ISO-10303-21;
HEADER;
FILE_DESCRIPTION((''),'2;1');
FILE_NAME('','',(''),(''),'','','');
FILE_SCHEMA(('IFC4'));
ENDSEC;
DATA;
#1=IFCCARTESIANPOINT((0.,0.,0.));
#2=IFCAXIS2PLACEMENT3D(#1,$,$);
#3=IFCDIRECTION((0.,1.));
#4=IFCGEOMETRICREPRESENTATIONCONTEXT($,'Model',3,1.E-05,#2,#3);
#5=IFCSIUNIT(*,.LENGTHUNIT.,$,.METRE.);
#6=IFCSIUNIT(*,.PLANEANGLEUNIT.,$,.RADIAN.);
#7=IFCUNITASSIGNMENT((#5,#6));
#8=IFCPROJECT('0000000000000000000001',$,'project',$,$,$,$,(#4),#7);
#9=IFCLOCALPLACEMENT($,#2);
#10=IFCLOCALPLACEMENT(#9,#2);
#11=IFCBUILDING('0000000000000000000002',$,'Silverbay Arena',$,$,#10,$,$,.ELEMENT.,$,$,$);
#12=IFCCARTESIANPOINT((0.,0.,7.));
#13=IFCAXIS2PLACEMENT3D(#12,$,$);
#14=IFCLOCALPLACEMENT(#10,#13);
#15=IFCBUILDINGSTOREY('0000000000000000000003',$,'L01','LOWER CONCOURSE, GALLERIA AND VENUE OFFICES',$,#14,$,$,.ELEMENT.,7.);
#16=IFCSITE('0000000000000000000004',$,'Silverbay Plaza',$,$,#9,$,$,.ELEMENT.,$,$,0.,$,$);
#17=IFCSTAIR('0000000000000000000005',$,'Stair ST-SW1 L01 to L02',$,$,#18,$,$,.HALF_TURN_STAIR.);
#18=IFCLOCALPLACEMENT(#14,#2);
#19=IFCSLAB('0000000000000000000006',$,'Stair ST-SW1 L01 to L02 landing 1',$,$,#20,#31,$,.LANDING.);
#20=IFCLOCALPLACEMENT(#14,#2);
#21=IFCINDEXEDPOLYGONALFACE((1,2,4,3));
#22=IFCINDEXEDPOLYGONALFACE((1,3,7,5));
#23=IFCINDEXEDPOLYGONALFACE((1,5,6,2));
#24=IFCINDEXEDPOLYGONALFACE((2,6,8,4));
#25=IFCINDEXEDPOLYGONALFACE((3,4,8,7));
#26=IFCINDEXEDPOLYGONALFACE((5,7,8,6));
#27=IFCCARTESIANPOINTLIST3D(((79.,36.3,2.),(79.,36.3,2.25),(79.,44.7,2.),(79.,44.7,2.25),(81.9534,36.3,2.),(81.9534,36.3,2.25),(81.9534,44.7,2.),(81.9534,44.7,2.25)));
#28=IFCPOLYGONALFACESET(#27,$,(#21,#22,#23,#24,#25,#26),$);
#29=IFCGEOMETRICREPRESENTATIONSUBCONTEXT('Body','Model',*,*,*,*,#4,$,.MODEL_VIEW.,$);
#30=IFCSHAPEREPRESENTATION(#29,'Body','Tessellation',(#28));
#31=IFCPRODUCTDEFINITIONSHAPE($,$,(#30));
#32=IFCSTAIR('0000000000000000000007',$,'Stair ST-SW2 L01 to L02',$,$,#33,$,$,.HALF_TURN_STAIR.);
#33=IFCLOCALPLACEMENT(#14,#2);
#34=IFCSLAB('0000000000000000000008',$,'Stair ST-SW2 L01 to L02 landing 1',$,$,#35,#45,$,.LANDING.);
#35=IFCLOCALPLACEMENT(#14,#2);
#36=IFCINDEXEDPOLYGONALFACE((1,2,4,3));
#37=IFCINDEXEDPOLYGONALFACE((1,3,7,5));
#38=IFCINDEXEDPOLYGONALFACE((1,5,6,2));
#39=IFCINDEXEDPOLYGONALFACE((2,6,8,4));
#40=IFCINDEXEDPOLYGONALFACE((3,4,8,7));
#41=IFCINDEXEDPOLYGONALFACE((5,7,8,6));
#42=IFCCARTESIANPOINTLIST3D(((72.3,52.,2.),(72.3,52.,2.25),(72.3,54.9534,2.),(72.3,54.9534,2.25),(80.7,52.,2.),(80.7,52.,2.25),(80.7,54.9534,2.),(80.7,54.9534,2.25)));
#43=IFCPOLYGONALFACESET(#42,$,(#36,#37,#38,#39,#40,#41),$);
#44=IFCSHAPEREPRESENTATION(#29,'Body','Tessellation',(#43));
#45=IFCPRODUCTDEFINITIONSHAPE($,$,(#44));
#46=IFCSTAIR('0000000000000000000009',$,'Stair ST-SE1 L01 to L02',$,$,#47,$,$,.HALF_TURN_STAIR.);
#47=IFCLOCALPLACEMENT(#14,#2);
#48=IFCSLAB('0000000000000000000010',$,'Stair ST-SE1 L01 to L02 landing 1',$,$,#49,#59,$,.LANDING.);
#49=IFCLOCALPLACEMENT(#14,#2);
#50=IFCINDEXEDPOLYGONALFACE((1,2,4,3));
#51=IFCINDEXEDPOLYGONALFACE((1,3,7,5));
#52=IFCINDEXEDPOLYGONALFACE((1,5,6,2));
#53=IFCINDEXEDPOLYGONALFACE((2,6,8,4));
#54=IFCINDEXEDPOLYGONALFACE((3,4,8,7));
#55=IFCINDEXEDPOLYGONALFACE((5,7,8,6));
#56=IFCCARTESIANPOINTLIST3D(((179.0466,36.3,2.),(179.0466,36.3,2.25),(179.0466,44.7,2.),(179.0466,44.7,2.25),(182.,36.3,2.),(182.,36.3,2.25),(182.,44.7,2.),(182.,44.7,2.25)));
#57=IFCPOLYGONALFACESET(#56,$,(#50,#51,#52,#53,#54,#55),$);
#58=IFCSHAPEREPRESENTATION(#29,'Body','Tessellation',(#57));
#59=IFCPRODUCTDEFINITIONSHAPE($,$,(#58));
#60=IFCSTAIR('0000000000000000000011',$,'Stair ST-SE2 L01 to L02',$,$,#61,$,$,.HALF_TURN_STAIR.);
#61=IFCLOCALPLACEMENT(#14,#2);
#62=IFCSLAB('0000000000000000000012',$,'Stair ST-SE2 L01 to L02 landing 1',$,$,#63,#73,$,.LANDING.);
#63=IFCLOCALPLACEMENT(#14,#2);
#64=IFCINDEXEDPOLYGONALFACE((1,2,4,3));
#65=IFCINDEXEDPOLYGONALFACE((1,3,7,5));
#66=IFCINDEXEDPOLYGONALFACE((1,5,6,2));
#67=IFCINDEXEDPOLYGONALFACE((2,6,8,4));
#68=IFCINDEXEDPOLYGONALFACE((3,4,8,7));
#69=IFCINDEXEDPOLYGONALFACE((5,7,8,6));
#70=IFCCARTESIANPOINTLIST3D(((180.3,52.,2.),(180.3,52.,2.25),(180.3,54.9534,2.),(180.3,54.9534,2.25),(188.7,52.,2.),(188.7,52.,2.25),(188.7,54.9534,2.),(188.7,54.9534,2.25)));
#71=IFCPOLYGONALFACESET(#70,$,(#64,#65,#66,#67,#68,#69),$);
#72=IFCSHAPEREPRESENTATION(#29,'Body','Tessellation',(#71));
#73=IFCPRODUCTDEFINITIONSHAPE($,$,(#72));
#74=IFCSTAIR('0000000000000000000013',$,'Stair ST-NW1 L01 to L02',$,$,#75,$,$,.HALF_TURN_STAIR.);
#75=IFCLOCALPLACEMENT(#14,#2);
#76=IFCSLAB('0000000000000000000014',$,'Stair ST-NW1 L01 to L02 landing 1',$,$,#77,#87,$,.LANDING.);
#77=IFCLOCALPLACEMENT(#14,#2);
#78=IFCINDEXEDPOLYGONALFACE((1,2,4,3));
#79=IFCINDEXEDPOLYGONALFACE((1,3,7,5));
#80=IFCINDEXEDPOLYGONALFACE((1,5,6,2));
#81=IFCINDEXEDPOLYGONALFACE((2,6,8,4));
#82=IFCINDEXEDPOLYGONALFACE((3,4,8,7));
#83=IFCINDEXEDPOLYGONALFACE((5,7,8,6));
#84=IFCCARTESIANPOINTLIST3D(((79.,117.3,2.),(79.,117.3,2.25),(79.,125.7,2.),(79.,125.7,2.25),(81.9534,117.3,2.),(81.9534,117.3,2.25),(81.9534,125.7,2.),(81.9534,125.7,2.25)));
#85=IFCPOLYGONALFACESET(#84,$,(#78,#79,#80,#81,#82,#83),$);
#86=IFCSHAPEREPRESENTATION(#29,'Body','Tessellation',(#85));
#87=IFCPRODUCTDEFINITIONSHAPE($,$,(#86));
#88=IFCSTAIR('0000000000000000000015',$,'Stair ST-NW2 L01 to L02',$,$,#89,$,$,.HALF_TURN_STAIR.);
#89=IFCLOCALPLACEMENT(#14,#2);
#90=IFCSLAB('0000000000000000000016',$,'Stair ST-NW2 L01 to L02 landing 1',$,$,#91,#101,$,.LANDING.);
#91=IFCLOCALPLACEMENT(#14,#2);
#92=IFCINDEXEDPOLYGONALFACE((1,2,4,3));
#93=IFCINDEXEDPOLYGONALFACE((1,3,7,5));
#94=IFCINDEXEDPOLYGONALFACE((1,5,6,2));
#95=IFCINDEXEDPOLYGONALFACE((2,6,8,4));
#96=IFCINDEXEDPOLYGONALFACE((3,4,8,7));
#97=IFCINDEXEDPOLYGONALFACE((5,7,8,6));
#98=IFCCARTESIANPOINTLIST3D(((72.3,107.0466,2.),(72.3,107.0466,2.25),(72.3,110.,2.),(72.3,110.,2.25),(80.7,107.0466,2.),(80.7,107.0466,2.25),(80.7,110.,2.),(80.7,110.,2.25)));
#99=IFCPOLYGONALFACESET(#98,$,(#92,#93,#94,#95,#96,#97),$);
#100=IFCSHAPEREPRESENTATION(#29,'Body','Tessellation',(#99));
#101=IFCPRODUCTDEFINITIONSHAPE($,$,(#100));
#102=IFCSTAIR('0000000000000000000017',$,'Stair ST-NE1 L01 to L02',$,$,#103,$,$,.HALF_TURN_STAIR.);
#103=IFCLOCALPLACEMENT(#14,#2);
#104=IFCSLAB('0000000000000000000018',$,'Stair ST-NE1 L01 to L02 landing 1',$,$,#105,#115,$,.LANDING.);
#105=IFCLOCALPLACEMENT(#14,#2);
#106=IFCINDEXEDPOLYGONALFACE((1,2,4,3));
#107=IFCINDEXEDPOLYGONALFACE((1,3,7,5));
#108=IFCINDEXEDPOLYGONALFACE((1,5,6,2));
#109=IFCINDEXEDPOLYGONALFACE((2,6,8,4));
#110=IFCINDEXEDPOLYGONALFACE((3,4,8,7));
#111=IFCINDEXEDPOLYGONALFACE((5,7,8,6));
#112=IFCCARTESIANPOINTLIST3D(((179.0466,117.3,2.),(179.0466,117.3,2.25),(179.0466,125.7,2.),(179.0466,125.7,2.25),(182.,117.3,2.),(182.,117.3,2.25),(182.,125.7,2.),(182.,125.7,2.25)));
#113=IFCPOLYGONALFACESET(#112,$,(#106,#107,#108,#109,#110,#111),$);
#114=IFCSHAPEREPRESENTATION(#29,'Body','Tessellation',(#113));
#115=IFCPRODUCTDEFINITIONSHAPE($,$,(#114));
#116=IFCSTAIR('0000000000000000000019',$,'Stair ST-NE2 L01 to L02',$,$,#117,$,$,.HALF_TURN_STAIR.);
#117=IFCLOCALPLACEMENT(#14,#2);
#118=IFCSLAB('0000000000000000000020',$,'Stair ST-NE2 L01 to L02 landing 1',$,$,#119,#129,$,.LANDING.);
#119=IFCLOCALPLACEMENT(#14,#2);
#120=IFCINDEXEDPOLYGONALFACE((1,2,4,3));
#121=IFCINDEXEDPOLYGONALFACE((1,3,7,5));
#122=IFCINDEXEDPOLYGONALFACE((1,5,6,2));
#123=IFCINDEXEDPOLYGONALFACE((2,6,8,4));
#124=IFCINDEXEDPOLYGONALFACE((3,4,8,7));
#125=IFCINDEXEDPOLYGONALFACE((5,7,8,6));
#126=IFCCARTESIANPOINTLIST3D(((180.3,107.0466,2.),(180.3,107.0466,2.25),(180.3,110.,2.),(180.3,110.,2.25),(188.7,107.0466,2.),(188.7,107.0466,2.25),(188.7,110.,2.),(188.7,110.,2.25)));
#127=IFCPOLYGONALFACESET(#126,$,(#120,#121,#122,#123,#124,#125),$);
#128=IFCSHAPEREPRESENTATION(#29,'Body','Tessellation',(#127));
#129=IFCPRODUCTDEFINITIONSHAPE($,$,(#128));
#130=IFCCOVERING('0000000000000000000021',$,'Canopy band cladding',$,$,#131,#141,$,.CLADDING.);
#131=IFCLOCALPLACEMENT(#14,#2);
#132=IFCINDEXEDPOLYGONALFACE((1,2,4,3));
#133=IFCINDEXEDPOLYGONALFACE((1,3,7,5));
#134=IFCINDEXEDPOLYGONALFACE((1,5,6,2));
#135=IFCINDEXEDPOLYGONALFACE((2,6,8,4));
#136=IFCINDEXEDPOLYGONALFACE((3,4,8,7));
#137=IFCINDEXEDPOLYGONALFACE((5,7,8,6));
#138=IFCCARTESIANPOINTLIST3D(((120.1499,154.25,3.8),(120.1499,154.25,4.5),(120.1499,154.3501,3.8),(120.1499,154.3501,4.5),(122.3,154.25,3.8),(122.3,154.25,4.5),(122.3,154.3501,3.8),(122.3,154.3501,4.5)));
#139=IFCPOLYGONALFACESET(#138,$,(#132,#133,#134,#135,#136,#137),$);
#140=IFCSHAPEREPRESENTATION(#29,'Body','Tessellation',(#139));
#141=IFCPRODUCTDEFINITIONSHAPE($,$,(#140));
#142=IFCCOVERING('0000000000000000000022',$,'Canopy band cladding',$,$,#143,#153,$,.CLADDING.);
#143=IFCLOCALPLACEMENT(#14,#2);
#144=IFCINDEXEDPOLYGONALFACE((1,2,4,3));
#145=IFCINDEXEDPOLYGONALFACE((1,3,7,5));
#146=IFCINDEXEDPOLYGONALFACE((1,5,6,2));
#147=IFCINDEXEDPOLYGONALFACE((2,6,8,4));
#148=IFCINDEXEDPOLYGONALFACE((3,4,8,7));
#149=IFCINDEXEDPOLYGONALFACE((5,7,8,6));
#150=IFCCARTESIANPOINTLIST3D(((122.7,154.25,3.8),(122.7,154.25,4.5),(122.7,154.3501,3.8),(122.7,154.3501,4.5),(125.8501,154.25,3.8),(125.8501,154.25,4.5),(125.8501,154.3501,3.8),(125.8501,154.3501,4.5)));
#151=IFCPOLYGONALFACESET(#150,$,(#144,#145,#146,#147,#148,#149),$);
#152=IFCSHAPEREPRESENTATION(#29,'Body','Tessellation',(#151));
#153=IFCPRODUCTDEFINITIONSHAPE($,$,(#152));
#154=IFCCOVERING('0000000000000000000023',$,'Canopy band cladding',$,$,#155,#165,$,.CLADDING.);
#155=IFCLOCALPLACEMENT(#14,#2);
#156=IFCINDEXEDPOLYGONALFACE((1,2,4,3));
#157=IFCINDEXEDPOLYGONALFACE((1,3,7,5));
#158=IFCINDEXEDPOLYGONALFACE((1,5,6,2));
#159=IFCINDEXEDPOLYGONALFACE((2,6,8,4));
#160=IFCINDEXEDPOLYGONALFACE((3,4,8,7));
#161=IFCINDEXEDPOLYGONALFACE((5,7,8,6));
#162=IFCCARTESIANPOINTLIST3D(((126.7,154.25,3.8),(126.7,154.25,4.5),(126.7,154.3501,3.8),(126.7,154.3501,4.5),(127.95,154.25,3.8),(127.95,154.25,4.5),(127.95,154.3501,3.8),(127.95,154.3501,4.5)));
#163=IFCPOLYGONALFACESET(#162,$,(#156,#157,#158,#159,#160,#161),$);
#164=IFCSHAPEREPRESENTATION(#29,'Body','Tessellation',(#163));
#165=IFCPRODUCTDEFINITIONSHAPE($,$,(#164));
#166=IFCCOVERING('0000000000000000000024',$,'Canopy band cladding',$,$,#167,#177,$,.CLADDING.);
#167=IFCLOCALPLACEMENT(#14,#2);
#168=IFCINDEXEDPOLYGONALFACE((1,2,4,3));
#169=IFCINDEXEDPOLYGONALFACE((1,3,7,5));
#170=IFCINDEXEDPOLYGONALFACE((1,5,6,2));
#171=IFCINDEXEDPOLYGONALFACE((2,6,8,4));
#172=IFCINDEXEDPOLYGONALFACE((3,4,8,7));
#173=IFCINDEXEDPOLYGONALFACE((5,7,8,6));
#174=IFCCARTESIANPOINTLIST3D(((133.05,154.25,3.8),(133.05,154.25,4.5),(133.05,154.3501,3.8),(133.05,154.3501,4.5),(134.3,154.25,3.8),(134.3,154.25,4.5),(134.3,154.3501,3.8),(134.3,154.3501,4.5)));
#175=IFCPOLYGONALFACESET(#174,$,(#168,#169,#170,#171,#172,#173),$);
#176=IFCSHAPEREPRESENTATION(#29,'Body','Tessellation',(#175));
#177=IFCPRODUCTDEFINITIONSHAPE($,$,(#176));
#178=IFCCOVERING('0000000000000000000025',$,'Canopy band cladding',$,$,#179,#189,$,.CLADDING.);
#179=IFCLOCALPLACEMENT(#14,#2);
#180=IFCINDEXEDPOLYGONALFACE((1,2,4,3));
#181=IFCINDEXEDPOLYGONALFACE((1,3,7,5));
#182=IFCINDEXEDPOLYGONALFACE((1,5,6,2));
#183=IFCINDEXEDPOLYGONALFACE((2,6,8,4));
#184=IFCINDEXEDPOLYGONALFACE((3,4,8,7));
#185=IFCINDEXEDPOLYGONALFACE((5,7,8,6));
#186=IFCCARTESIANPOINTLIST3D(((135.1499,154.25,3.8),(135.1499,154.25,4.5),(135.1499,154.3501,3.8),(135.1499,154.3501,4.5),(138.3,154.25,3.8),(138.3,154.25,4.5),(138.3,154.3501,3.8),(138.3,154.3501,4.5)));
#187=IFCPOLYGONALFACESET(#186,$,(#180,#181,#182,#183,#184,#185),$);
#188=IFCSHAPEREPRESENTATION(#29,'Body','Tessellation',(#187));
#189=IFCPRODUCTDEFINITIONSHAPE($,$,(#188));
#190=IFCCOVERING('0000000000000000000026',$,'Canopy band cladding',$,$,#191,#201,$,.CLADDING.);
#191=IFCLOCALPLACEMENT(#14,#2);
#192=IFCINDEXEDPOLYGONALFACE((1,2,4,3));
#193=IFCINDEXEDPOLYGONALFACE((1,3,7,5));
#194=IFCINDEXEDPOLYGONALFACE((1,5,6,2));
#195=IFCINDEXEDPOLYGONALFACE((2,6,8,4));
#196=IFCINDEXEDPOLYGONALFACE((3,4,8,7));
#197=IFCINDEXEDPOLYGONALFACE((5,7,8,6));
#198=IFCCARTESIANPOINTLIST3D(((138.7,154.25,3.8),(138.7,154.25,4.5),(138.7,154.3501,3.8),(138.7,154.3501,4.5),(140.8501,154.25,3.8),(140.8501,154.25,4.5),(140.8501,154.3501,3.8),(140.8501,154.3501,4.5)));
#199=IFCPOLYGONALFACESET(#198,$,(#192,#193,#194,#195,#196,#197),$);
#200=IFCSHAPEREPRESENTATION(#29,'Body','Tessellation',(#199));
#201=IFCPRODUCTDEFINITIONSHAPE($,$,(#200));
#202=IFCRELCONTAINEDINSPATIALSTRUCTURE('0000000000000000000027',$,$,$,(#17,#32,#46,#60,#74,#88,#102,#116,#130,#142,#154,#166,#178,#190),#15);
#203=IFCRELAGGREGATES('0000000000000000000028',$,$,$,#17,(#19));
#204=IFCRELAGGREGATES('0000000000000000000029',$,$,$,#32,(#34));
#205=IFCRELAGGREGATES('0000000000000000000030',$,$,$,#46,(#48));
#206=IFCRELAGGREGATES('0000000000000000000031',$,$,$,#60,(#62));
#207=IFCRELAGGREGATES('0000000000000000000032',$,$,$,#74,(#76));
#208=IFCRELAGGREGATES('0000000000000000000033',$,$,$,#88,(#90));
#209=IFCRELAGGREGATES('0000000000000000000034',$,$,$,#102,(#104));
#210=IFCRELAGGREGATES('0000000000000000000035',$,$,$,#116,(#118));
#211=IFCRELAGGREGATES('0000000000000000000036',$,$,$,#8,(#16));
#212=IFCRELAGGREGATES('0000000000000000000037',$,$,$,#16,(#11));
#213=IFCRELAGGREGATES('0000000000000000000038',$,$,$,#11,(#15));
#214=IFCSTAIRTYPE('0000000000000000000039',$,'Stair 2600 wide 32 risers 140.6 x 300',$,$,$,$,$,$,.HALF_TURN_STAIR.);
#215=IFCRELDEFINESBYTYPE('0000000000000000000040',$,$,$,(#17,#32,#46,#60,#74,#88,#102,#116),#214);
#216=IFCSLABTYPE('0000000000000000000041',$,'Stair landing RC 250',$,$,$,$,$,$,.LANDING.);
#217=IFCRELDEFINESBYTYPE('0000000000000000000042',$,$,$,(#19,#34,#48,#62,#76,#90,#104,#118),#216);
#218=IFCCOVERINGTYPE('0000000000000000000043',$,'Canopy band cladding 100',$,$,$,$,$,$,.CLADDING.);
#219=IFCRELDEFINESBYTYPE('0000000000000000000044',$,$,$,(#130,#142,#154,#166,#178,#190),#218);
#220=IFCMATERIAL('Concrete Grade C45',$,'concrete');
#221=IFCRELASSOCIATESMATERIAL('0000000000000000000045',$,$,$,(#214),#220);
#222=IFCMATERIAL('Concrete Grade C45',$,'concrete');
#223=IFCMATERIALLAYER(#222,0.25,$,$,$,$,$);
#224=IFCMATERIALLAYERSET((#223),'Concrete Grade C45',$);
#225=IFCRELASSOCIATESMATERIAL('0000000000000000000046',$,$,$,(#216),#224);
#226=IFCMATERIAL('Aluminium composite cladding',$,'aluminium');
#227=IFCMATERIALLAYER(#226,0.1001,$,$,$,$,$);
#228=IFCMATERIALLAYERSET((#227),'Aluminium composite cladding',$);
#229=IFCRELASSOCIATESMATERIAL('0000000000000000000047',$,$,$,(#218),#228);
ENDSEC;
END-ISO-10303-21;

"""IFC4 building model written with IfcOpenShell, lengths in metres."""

from ifc_helpers import new_model, si_unit, direction, frame, origin, place, context, subcontext, project, spatial, polyline, outline, extrude, material, layer, layer_set, type_object, element, aggregate, save


model = new_model("IFC4")

# Units and contexts
model_context = context("Model", 3, precision=1e-05, world=origin(), true_north=direction((0.0, 1.0)))
body_context = subcontext(model_context, "Body", "Model", "MODEL_VIEW")
ifc_project = project(units=[si_unit("LENGTHUNIT", "METRE"), si_unit("PLANEANGLEUNIT", "RADIAN")], contexts=[model_context])

# Site, building, storey
site_placement = place(None, origin())
site = spatial("IfcSite", under=ifc_project, at=site_placement, Name="Silverbay Plaza", CompositionType="ELEMENT", RefElevation=0.0)
building_placement = place(site_placement, origin())
building = spatial("IfcBuilding", under=site, at=building_placement, Name="Silverbay Arena", CompositionType="ELEMENT")
storey_placement = place(building_placement, frame((0.0, 0.0, 7.0)))
storey = spatial("IfcBuildingStorey", under=building, at=storey_placement, Name="L01", Description="LOWER CONCOURSE, GALLERIA AND VENUE OFFICES", CompositionType="ELEMENT", Elevation=7.0)

# Stairs, slabs
ifc_material_1 = material(Name="Concrete Grade C45", Category="concrete")
stair_type = type_object("IfcStairType", Name="Stair 2600 wide 32 risers 140.6 x 300", PredefinedType="HALF_TURN_STAIR", material=ifc_material_1)
ifc_material_2 = material(Name="Concrete Grade C45", Category="concrete")
ifc_layer_1 = layer(ifc_material_2, 0.25)
ifc_layer_set_1 = layer_set([ifc_layer_1], Name="Concrete Grade C45")
slab_type_1 = type_object("IfcSlabType", Name="Stair landing RC 250", PredefinedType="LANDING", material=ifc_layer_set_1)
stair_1_placement = place(storey_placement, origin())
stair_1 = element("IfcStair", 1, at=stair_1_placement, inside=storey, type_object=stair_type, Name="Stair ST-SW1 L01 to L02", PredefinedType="HALF_TURN_STAIR")
slab_1_placement = place(storey_placement, frame((0.0, 0.0, 2.0)))
slab_1 = element("IfcSlab", 2, at=slab_1_placement, type_object=slab_type_1, Name="Stair ST-SW1 L01 to L02 landing 1", PredefinedType="LANDING", context=body_context, shape_type="SweptSolid", body=[
    extrude(outline(polyline([(81.9534, 44.7), (79.0, 44.7), (79.0, 36.3), (81.9534, 36.3), (81.9534, 44.7)])), origin(), (0.0, 0.0, 1.0), 0.25),
])
aggregate(stair_1, [slab_1])
stair_2_placement = place(storey_placement, origin())
stair_2 = element("IfcStair", 3, at=stair_2_placement, inside=storey, type_object=stair_type, Name="Stair ST-SW2 L01 to L02", PredefinedType="HALF_TURN_STAIR")
slab_2_placement = place(storey_placement, frame((0.0, 0.0, 2.0)))
slab_2 = element("IfcSlab", 4, at=slab_2_placement, type_object=slab_type_1, Name="Stair ST-SW2 L01 to L02 landing 1", PredefinedType="LANDING", context=body_context, shape_type="SweptSolid", body=[
    extrude(outline(polyline([(80.7, 54.9534), (80.7, 52.0), (72.3, 52.0), (72.3, 54.9534), (80.7, 54.9534)])), origin(), (0.0, 0.0, 1.0), 0.25),
])
aggregate(stair_2, [slab_2])
stair_3_placement = place(storey_placement, origin())
stair_3 = element("IfcStair", 5, at=stair_3_placement, inside=storey, type_object=stair_type, Name="Stair ST-SE1 L01 to L02", PredefinedType="HALF_TURN_STAIR")
slab_3_placement = place(storey_placement, frame((0.0, 0.0, 2.0)))
slab_3 = element("IfcSlab", 6, at=slab_3_placement, type_object=slab_type_1, Name="Stair ST-SE1 L01 to L02 landing 1", PredefinedType="LANDING", context=body_context, shape_type="SweptSolid", body=[
    extrude(outline(polyline([(179.0466, 44.7), (182.0, 44.7), (182.0, 36.3), (179.0466, 36.3), (179.0466, 44.7)])), origin(), (0.0, 0.0, 1.0), 0.25),
])
aggregate(stair_3, [slab_3])
stair_4_placement = place(storey_placement, origin())
stair_4 = element("IfcStair", 7, at=stair_4_placement, inside=storey, type_object=stair_type, Name="Stair ST-SE2 L01 to L02", PredefinedType="HALF_TURN_STAIR")
slab_4_placement = place(storey_placement, frame((0.0, 0.0, 2.0)))
slab_4 = element("IfcSlab", 8, at=slab_4_placement, type_object=slab_type_1, Name="Stair ST-SE2 L01 to L02 landing 1", PredefinedType="LANDING", context=body_context, shape_type="SweptSolid", body=[
    extrude(outline(polyline([(180.3, 54.9534), (180.3, 52.0), (188.7, 52.0), (188.7, 54.9534), (180.3, 54.9534)])), origin(), (0.0, 0.0, 1.0), 0.25),
])
aggregate(stair_4, [slab_4])
stair_5_placement = place(storey_placement, origin())
stair_5 = element("IfcStair", 9, at=stair_5_placement, inside=storey, type_object=stair_type, Name="Stair ST-NW1 L01 to L02", PredefinedType="HALF_TURN_STAIR")
slab_5_placement = place(storey_placement, frame((0.0, 0.0, 2.0)))
slab_5 = element("IfcSlab", 10, at=slab_5_placement, type_object=slab_type_1, Name="Stair ST-NW1 L01 to L02 landing 1", PredefinedType="LANDING", context=body_context, shape_type="SweptSolid", body=[
    extrude(outline(polyline([(81.9534, 117.3), (79.0, 117.3), (79.0, 125.7), (81.9534, 125.7), (81.9534, 117.3)])), origin(), (0.0, 0.0, 1.0), 0.25),
])
aggregate(stair_5, [slab_5])
stair_6_placement = place(storey_placement, origin())
stair_6 = element("IfcStair", 11, at=stair_6_placement, inside=storey, type_object=stair_type, Name="Stair ST-NW2 L01 to L02", PredefinedType="HALF_TURN_STAIR")
slab_6_placement = place(storey_placement, frame((0.0, 0.0, 2.0)))
slab_6 = element("IfcSlab", 12, at=slab_6_placement, type_object=slab_type_1, Name="Stair ST-NW2 L01 to L02 landing 1", PredefinedType="LANDING", context=body_context, shape_type="SweptSolid", body=[
    extrude(outline(polyline([(80.7, 107.0466), (80.7, 110.0), (72.3, 110.0), (72.3, 107.0466), (80.7, 107.0466)])), origin(), (0.0, 0.0, 1.0), 0.25),
])
aggregate(stair_6, [slab_6])
stair_7_placement = place(storey_placement, origin())
stair_7 = element("IfcStair", 13, at=stair_7_placement, inside=storey, type_object=stair_type, Name="Stair ST-NE1 L01 to L02", PredefinedType="HALF_TURN_STAIR")
slab_7_placement = place(storey_placement, frame((0.0, 0.0, 2.0)))
slab_7 = element("IfcSlab", 14, at=slab_7_placement, type_object=slab_type_1, Name="Stair ST-NE1 L01 to L02 landing 1", PredefinedType="LANDING", context=body_context, shape_type="SweptSolid", body=[
    extrude(outline(polyline([(179.0466, 117.3), (182.0, 117.3), (182.0, 125.7), (179.0466, 125.7), (179.0466, 117.3)])), origin(), (0.0, 0.0, 1.0), 0.25),
])
aggregate(stair_7, [slab_7])
stair_8_placement = place(storey_placement, origin())
stair_8 = element("IfcStair", 15, at=stair_8_placement, inside=storey, type_object=stair_type, Name="Stair ST-NE2 L01 to L02", PredefinedType="HALF_TURN_STAIR")
slab_8_placement = place(storey_placement, frame((0.0, 0.0, 2.0)))
slab_8 = element("IfcSlab", 16, at=slab_8_placement, type_object=slab_type_1, Name="Stair ST-NE2 L01 to L02 landing 1", PredefinedType="LANDING", context=body_context, shape_type="SweptSolid", body=[
    extrude(outline(polyline([(180.3, 107.0466), (180.3, 110.0), (188.7, 110.0), (188.7, 107.0466), (180.3, 107.0466)])), origin(), (0.0, 0.0, 1.0), 0.25),
])
aggregate(stair_8, [slab_8])

# Coverings
ifc_material_3 = material(Name="Aluminium composite cladding", Category="aluminium")
ifc_layer_2 = layer(ifc_material_3, 0.1001)
ifc_layer_set_2 = layer_set([ifc_layer_2], Name="Aluminium composite cladding")
covering_type = type_object("IfcCoveringType", Name="Canopy band cladding 100", PredefinedType="CLADDING", material=ifc_layer_set_2)
covering_1_placement = place(storey_placement, frame((0.0, 0.0, 3.8)))
element("IfcCovering", 17, at=covering_1_placement, inside=storey, type_object=covering_type, Name="Canopy band cladding", PredefinedType="CLADDING", context=body_context, shape_type="SweptSolid", body=[
    extrude(outline(polyline([(120.1499, 154.25), (122.3, 154.25), (122.3, 154.3501), (120.1499, 154.3501), (120.1499, 154.25)])), origin(), (0.0, 0.0, 1.0), 0.7),
])
covering_2_placement = place(storey_placement, frame((0.0, 0.0, 3.8)))
element("IfcCovering", 18, at=covering_2_placement, inside=storey, type_object=covering_type, Name="Canopy band cladding", PredefinedType="CLADDING", context=body_context, shape_type="SweptSolid", body=[
    extrude(outline(polyline([(122.7, 154.25), (125.8501, 154.25), (125.8501, 154.3501), (122.7, 154.3501), (122.7, 154.25)])), origin(), (0.0, 0.0, 1.0), 0.7),
])
covering_3_placement = place(storey_placement, frame((0.0, 0.0, 3.8)))
element("IfcCovering", 19, at=covering_3_placement, inside=storey, type_object=covering_type, Name="Canopy band cladding", PredefinedType="CLADDING", context=body_context, shape_type="SweptSolid", body=[
    extrude(outline(polyline([(126.7, 154.25), (127.95, 154.25), (127.95, 154.3501), (126.7, 154.3501), (126.7, 154.25)])), origin(), (0.0, 0.0, 1.0), 0.7),
])
covering_4_placement = place(storey_placement, frame((0.0, 0.0, 3.8)))
element("IfcCovering", 20, at=covering_4_placement, inside=storey, type_object=covering_type, Name="Canopy band cladding", PredefinedType="CLADDING", context=body_context, shape_type="SweptSolid", body=[
    extrude(outline(polyline([(133.05, 154.25), (134.3, 154.25), (134.3, 154.3501), (133.05, 154.3501), (133.05, 154.25)])), origin(), (0.0, 0.0, 1.0), 0.7),
])
covering_5_placement = place(storey_placement, frame((0.0, 0.0, 3.8)))
element("IfcCovering", 21, at=covering_5_placement, inside=storey, type_object=covering_type, Name="Canopy band cladding", PredefinedType="CLADDING", context=body_context, shape_type="SweptSolid", body=[
    extrude(outline(polyline([(135.1499, 154.25), (138.3, 154.25), (138.3, 154.3501), (135.1499, 154.3501), (135.1499, 154.25)])), origin(), (0.0, 0.0, 1.0), 0.7),
])
covering_6_placement = place(storey_placement, frame((0.0, 0.0, 3.8)))
element("IfcCovering", 22, at=covering_6_placement, inside=storey, type_object=covering_type, Name="Canopy band cladding", PredefinedType="CLADDING", context=body_context, shape_type="SweptSolid", body=[
    extrude(outline(polyline([(138.7, 154.25), (140.8501, 154.25), (140.8501, 154.3501), (138.7, 154.3501), (138.7, 154.25)])), origin(), (0.0, 0.0, 1.0), 0.7),
])

save(model, "model.ifc")
